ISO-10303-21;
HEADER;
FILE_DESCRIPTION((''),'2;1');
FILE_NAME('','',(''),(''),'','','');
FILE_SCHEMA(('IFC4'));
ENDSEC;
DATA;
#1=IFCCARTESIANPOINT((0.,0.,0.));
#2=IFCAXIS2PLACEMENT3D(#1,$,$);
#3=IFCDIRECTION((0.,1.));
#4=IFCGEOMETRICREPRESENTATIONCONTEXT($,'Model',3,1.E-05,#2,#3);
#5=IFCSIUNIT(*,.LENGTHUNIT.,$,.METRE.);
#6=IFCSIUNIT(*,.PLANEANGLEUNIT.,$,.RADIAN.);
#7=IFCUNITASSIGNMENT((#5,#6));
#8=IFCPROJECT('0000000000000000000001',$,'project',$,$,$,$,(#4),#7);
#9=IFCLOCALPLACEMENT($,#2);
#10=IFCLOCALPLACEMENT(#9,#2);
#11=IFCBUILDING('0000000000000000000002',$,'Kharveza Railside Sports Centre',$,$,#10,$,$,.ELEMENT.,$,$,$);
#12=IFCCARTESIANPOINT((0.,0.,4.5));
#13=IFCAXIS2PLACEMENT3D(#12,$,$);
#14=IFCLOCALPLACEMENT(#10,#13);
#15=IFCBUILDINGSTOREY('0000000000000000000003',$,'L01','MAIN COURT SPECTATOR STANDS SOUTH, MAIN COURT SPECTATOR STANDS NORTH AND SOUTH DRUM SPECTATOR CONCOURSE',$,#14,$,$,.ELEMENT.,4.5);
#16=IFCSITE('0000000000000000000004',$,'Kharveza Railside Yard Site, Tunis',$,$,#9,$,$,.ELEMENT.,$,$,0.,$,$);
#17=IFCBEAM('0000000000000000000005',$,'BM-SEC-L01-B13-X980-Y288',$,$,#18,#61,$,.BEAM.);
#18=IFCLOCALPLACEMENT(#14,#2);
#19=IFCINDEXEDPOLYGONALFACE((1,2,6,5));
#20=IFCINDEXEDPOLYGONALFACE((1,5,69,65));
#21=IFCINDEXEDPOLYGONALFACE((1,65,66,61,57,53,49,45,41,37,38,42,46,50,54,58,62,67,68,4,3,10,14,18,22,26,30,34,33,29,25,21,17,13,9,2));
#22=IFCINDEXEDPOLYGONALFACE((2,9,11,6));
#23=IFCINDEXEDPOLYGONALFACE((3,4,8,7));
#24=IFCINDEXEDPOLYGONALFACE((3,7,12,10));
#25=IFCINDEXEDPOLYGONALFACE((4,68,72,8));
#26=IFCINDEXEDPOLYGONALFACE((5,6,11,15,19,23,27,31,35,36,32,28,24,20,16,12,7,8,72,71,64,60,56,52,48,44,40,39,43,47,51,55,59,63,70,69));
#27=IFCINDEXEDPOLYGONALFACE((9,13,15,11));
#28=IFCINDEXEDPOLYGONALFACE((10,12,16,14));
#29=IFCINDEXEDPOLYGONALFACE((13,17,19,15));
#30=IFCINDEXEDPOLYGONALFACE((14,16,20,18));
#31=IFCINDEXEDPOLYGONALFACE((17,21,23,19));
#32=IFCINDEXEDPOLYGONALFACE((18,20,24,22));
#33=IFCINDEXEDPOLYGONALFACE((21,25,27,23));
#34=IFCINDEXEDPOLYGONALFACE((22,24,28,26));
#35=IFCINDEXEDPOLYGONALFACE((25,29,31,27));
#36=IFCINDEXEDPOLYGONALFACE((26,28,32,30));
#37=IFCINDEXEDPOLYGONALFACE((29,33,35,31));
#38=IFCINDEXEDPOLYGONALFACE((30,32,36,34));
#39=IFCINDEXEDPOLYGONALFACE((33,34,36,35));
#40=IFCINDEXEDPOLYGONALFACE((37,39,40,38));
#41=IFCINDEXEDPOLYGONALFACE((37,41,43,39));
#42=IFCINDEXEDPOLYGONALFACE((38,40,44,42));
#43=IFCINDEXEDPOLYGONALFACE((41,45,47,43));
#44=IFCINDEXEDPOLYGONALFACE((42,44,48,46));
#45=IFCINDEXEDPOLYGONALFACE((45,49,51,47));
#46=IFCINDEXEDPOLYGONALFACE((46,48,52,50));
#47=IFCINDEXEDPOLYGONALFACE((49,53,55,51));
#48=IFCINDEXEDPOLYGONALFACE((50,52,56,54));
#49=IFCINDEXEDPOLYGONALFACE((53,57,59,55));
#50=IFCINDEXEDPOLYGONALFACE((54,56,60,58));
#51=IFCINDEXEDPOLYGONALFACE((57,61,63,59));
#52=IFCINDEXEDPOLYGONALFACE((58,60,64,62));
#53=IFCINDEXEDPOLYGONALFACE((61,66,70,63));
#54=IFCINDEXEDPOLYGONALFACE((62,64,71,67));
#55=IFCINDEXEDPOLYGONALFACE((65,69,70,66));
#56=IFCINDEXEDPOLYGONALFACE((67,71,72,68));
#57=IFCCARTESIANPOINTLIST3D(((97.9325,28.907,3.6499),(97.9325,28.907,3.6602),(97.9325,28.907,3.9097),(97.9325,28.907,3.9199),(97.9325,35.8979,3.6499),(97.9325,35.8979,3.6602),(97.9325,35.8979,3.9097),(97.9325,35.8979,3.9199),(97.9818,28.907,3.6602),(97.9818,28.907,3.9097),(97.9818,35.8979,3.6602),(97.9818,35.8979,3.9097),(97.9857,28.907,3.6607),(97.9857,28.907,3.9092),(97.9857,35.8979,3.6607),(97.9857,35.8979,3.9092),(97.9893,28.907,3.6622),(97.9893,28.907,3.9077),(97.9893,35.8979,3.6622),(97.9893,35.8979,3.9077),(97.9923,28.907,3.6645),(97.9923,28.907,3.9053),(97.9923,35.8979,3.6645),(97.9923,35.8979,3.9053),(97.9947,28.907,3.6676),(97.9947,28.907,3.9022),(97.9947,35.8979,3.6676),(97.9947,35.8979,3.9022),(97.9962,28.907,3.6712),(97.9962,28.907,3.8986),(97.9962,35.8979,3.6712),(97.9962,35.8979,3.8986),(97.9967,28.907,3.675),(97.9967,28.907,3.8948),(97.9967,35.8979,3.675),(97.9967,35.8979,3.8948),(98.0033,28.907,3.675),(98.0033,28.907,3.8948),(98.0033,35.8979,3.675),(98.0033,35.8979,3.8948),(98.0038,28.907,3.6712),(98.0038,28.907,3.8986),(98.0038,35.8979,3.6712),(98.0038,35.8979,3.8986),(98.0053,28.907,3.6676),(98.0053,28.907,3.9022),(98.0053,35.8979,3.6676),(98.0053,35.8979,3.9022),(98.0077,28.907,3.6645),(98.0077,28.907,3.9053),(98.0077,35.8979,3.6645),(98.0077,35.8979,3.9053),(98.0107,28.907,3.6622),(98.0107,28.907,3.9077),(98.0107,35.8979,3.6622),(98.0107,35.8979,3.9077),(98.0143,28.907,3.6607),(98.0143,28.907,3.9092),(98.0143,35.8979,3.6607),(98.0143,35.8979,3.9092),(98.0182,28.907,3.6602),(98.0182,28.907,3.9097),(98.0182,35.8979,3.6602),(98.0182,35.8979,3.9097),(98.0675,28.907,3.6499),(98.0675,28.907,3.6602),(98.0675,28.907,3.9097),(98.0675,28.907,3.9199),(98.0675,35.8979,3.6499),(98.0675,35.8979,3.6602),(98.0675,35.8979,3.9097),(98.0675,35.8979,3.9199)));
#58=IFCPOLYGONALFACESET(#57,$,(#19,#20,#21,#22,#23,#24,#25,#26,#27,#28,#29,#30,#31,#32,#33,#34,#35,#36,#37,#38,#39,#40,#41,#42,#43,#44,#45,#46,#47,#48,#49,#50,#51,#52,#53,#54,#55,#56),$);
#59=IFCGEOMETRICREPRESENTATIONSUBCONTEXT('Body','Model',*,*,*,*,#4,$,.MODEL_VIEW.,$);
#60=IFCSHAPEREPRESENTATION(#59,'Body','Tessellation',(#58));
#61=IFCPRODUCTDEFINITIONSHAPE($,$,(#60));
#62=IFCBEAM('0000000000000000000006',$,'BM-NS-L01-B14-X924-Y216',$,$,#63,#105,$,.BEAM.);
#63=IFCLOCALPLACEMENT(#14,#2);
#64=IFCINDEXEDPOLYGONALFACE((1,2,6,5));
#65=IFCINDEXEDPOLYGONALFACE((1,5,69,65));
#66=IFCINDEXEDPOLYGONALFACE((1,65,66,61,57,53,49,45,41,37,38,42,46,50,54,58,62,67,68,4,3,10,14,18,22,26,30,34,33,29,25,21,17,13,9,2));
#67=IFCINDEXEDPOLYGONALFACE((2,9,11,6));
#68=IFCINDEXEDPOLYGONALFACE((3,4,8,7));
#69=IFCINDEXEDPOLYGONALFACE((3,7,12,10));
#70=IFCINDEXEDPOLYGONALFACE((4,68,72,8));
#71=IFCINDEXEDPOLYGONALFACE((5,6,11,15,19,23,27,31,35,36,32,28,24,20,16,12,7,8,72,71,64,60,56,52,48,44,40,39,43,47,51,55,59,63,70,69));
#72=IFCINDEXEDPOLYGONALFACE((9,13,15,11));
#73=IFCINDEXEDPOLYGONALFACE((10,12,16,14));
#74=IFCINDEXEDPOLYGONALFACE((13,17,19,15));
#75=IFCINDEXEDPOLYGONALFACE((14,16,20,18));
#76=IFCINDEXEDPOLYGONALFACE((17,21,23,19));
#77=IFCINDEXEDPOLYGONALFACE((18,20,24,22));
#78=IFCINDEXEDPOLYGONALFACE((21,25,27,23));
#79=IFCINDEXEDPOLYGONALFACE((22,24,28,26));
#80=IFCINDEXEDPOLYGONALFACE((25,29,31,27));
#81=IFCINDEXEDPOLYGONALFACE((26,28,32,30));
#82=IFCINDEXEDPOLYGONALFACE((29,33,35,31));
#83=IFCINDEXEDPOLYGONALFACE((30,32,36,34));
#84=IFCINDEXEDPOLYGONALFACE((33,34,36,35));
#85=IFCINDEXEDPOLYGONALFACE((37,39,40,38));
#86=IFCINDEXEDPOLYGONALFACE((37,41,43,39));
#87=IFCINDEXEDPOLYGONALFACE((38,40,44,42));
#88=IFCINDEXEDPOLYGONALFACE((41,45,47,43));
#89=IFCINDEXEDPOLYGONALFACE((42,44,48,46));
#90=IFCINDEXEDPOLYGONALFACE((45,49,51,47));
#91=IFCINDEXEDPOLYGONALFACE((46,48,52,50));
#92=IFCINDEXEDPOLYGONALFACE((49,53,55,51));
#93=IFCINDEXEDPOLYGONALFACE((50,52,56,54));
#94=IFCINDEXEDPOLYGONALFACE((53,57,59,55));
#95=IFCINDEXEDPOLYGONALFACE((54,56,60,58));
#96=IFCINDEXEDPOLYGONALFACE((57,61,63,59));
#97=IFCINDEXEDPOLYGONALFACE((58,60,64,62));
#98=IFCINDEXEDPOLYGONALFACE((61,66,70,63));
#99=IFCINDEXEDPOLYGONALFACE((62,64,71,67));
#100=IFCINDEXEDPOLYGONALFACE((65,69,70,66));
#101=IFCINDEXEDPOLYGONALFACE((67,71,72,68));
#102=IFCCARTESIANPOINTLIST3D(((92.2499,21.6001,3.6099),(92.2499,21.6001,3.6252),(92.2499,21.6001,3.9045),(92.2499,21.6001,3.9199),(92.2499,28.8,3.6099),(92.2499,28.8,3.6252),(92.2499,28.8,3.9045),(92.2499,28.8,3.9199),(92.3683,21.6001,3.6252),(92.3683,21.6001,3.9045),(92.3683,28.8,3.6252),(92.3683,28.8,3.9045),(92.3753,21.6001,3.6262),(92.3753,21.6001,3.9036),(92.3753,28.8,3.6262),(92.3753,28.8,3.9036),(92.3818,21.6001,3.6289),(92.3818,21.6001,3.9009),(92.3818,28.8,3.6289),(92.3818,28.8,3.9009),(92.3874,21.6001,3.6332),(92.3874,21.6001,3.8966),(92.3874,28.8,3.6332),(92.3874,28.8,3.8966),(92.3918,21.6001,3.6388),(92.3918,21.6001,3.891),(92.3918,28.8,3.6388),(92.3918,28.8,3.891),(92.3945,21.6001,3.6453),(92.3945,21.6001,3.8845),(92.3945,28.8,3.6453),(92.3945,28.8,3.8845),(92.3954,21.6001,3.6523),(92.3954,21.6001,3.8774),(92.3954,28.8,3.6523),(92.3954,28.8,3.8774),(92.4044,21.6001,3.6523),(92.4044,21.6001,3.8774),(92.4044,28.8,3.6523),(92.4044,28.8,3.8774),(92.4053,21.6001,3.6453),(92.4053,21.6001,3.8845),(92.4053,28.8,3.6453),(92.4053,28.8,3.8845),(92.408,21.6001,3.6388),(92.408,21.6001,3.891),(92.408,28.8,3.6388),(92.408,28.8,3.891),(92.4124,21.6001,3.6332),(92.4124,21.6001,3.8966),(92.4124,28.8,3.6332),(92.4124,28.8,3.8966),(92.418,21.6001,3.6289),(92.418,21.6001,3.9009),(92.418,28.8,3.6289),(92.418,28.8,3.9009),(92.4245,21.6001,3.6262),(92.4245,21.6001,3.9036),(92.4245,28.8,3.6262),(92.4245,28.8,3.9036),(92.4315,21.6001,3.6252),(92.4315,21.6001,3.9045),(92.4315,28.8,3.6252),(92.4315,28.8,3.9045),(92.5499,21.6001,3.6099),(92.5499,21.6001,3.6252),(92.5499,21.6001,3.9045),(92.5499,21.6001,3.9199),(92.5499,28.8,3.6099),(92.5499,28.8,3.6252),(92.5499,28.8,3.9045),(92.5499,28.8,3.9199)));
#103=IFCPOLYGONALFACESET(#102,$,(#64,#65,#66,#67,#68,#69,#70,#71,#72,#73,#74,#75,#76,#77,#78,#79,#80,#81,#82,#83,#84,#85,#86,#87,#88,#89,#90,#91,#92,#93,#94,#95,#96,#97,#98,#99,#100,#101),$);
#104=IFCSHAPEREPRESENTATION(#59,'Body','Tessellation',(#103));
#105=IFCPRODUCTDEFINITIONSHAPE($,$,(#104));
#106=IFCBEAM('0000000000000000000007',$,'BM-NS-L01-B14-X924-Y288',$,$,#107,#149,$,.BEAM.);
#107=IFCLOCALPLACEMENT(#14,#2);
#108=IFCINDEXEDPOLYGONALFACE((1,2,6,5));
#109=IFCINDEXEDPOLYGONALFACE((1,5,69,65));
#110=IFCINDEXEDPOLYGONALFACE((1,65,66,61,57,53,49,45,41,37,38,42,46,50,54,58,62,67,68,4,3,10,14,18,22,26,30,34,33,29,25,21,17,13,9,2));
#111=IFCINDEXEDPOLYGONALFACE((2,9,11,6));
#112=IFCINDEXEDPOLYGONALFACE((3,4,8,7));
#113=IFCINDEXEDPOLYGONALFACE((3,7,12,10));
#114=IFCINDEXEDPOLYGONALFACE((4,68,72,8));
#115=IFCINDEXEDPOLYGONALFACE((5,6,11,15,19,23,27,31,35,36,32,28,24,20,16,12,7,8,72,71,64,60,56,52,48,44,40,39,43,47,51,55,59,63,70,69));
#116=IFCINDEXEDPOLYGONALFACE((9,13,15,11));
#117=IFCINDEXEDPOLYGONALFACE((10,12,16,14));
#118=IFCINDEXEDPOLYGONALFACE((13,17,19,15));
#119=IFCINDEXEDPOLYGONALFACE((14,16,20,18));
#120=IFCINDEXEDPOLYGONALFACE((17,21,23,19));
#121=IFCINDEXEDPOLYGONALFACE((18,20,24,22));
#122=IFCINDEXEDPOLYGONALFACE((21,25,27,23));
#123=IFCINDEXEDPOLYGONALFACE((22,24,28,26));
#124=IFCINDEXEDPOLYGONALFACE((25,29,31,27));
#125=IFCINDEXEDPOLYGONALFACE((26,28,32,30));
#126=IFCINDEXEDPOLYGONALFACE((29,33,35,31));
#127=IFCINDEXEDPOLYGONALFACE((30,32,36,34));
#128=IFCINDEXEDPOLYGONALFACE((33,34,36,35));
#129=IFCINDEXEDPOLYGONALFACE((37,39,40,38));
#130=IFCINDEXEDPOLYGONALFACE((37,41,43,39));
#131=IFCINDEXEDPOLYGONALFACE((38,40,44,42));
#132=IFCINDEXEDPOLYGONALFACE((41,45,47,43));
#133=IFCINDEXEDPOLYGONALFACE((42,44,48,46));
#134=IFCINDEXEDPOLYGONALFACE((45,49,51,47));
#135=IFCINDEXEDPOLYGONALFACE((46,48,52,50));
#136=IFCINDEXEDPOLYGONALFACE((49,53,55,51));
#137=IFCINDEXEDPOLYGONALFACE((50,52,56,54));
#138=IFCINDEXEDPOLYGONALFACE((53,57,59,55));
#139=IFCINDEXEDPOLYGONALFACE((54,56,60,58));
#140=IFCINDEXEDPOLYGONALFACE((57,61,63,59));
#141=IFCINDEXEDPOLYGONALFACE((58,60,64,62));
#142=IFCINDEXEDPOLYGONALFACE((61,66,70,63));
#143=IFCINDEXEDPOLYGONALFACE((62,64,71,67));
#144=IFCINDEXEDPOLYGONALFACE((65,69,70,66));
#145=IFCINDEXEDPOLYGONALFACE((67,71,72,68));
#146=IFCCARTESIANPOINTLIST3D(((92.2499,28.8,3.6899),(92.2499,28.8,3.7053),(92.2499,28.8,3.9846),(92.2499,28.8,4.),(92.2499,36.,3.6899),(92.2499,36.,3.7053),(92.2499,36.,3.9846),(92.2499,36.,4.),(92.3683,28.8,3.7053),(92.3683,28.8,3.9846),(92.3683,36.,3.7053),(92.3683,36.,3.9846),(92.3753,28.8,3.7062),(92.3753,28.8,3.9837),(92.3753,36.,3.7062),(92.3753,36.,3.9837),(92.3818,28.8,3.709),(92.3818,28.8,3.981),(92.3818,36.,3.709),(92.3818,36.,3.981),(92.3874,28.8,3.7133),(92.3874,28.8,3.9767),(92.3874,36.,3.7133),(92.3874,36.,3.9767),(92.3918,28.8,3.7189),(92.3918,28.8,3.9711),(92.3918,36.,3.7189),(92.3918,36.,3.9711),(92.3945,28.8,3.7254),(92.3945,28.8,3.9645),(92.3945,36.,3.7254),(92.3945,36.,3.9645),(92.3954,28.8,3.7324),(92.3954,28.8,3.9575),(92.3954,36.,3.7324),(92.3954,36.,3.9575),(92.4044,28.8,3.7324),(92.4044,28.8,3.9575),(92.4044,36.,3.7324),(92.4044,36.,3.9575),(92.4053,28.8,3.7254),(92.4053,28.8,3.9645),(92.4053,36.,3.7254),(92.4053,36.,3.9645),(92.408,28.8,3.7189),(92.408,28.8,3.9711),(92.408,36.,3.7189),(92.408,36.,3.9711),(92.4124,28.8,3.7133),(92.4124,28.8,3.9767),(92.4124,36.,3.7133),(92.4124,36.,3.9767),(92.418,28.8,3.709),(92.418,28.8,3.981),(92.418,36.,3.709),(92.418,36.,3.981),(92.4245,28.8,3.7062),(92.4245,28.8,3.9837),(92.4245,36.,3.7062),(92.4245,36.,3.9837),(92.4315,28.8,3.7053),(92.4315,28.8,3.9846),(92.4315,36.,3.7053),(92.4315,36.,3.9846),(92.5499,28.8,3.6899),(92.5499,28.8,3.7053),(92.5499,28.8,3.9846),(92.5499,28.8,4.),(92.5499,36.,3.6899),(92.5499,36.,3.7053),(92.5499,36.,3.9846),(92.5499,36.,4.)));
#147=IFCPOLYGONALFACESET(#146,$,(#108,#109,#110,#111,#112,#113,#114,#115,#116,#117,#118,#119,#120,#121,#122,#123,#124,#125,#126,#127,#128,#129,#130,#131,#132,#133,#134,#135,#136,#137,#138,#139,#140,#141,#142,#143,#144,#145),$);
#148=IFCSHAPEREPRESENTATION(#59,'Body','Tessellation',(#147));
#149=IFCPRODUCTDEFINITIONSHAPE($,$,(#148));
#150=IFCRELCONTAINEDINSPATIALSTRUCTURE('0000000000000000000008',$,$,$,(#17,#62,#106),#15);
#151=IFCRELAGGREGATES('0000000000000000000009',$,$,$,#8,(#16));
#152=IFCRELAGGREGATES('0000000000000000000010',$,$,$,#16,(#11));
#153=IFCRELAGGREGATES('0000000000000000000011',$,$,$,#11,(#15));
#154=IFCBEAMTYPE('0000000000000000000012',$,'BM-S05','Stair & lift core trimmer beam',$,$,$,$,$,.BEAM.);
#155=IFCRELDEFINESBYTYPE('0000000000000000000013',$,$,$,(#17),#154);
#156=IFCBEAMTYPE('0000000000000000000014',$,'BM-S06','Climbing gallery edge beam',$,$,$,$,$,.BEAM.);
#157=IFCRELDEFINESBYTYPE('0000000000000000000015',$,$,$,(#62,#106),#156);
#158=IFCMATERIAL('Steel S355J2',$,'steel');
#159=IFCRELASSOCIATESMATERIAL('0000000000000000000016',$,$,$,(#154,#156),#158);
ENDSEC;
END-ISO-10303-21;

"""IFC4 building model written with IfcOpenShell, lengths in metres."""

from ifc_helpers import new_model, si_unit, direction, frame, origin, origin_2d, place, context, subcontext, project, spatial, i_section, extrude, material, material_profile, profile_set, type_object, element, save


model = new_model("IFC4")

# Units and contexts
model_context = context("Model", 3, precision=1e-05, world=origin(), true_north=direction((0.0, 1.0)))
body_context = subcontext(model_context, "Body", "Model", "MODEL_VIEW")
ifc_project = project(units=[si_unit("LENGTHUNIT", "METRE"), si_unit("PLANEANGLEUNIT", "RADIAN")], contexts=[model_context])

# Site, building, storey
site_placement = place(None, origin())
site = spatial("IfcSite", under=ifc_project, at=site_placement, Name="Kharveza Railside Yard Site, Tunis", CompositionType="ELEMENT", RefElevation=0.0)
building_placement = place(site_placement, origin())
building = spatial("IfcBuilding", under=site, at=building_placement, Name="Kharveza Railside Sports Centre", CompositionType="ELEMENT")
storey_placement = place(building_placement, frame((0.0, 0.0, 4.5)))
storey = spatial("IfcBuildingStorey", under=building, at=storey_placement, Name="L01", Description="MAIN COURT SPECTATOR STANDS SOUTH, MAIN COURT SPECTATOR STANDS NORTH AND SOUTH DRUM SPECTATOR CONCOURSE", CompositionType="ELEMENT", Elevation=4.5)

# Shared definitions
ifc_material_1 = material(Name="Steel S355J2", Category="steel")

# Beams
ifc_material_profile_1 = material_profile(ifc_material_1, i_section(OverallWidth=0.135, OverallDepth=0.27, WebThickness=0.0066, FlangeThickness=0.0103, FilletRadius=0.0149, at=origin_2d()), Name="IPE 270")
ifc_profile_set_1 = profile_set([ifc_material_profile_1], Name="Steel S355J2")
beam_type_1 = type_object("IfcBeamType", Name="BM-S05", Description="Stair & lift core trimmer beam", PredefinedType="BEAM", material=ifc_profile_set_1)
beam_1_placement = place(storey_placement, frame((98.0, 28.907, 3.7849), z_axis=(0.0, 1.0, 0.0), x_axis=(-1.0, 0.0, 0.0)))
element("IfcBeam", 1, at=beam_1_placement, inside=storey, type_object=beam_type_1, Name="BM-SEC-L01-B13-X980-Y288", PredefinedType="BEAM", context=body_context, shape_type="SweptSolid", body=[
    extrude(i_section(OverallWidth=0.135, OverallDepth=0.27, WebThickness=0.0066, FlangeThickness=0.0103, FilletRadius=0.0149, at=origin_2d()), origin(), (0.0, 0.0, 1.0), 6.991),
])
ifc_material_profile_2 = material_profile(ifc_material_1, i_section(OverallWidth=0.3, OverallDepth=0.3101, WebThickness=0.009, FlangeThickness=0.0154, FilletRadius=0.0271, at=origin_2d()), Name="HEA 320")
ifc_profile_set_2 = profile_set([ifc_material_profile_2], Name="Steel S355J2")
beam_type_2 = type_object("IfcBeamType", Name="BM-S06", Description="Climbing gallery edge beam", PredefinedType="BEAM", material=ifc_profile_set_2)
for number, where, z_axis, x_axis, name in (
    (2, (92.3999, 21.6001, 3.7649), (0.0, 1.0, 0.0), (-1.0, 0.0, 0.0), "BM-NS-L01-B14-X924-Y216"),
    (3, (92.3999, 28.8, 3.845), (0.0, 1.0, 0.0), (-1.0, 0.0, 0.0), "BM-NS-L01-B14-X924-Y288"),
):
    element("IfcBeam", number, at=place(storey_placement, frame(where, z_axis=z_axis, x_axis=x_axis)), inside=storey, type_object=beam_type_2, Name=name, PredefinedType="BEAM", context=body_context, shape_type="SweptSolid", body=[
        extrude(i_section(OverallWidth=0.3, OverallDepth=0.3101, WebThickness=0.009, FlangeThickness=0.0154, FilletRadius=0.0271, at=origin_2d()), origin(), (0.0, 0.0, 1.0), 7.2),
    ])

save(model, "model.ifc")
